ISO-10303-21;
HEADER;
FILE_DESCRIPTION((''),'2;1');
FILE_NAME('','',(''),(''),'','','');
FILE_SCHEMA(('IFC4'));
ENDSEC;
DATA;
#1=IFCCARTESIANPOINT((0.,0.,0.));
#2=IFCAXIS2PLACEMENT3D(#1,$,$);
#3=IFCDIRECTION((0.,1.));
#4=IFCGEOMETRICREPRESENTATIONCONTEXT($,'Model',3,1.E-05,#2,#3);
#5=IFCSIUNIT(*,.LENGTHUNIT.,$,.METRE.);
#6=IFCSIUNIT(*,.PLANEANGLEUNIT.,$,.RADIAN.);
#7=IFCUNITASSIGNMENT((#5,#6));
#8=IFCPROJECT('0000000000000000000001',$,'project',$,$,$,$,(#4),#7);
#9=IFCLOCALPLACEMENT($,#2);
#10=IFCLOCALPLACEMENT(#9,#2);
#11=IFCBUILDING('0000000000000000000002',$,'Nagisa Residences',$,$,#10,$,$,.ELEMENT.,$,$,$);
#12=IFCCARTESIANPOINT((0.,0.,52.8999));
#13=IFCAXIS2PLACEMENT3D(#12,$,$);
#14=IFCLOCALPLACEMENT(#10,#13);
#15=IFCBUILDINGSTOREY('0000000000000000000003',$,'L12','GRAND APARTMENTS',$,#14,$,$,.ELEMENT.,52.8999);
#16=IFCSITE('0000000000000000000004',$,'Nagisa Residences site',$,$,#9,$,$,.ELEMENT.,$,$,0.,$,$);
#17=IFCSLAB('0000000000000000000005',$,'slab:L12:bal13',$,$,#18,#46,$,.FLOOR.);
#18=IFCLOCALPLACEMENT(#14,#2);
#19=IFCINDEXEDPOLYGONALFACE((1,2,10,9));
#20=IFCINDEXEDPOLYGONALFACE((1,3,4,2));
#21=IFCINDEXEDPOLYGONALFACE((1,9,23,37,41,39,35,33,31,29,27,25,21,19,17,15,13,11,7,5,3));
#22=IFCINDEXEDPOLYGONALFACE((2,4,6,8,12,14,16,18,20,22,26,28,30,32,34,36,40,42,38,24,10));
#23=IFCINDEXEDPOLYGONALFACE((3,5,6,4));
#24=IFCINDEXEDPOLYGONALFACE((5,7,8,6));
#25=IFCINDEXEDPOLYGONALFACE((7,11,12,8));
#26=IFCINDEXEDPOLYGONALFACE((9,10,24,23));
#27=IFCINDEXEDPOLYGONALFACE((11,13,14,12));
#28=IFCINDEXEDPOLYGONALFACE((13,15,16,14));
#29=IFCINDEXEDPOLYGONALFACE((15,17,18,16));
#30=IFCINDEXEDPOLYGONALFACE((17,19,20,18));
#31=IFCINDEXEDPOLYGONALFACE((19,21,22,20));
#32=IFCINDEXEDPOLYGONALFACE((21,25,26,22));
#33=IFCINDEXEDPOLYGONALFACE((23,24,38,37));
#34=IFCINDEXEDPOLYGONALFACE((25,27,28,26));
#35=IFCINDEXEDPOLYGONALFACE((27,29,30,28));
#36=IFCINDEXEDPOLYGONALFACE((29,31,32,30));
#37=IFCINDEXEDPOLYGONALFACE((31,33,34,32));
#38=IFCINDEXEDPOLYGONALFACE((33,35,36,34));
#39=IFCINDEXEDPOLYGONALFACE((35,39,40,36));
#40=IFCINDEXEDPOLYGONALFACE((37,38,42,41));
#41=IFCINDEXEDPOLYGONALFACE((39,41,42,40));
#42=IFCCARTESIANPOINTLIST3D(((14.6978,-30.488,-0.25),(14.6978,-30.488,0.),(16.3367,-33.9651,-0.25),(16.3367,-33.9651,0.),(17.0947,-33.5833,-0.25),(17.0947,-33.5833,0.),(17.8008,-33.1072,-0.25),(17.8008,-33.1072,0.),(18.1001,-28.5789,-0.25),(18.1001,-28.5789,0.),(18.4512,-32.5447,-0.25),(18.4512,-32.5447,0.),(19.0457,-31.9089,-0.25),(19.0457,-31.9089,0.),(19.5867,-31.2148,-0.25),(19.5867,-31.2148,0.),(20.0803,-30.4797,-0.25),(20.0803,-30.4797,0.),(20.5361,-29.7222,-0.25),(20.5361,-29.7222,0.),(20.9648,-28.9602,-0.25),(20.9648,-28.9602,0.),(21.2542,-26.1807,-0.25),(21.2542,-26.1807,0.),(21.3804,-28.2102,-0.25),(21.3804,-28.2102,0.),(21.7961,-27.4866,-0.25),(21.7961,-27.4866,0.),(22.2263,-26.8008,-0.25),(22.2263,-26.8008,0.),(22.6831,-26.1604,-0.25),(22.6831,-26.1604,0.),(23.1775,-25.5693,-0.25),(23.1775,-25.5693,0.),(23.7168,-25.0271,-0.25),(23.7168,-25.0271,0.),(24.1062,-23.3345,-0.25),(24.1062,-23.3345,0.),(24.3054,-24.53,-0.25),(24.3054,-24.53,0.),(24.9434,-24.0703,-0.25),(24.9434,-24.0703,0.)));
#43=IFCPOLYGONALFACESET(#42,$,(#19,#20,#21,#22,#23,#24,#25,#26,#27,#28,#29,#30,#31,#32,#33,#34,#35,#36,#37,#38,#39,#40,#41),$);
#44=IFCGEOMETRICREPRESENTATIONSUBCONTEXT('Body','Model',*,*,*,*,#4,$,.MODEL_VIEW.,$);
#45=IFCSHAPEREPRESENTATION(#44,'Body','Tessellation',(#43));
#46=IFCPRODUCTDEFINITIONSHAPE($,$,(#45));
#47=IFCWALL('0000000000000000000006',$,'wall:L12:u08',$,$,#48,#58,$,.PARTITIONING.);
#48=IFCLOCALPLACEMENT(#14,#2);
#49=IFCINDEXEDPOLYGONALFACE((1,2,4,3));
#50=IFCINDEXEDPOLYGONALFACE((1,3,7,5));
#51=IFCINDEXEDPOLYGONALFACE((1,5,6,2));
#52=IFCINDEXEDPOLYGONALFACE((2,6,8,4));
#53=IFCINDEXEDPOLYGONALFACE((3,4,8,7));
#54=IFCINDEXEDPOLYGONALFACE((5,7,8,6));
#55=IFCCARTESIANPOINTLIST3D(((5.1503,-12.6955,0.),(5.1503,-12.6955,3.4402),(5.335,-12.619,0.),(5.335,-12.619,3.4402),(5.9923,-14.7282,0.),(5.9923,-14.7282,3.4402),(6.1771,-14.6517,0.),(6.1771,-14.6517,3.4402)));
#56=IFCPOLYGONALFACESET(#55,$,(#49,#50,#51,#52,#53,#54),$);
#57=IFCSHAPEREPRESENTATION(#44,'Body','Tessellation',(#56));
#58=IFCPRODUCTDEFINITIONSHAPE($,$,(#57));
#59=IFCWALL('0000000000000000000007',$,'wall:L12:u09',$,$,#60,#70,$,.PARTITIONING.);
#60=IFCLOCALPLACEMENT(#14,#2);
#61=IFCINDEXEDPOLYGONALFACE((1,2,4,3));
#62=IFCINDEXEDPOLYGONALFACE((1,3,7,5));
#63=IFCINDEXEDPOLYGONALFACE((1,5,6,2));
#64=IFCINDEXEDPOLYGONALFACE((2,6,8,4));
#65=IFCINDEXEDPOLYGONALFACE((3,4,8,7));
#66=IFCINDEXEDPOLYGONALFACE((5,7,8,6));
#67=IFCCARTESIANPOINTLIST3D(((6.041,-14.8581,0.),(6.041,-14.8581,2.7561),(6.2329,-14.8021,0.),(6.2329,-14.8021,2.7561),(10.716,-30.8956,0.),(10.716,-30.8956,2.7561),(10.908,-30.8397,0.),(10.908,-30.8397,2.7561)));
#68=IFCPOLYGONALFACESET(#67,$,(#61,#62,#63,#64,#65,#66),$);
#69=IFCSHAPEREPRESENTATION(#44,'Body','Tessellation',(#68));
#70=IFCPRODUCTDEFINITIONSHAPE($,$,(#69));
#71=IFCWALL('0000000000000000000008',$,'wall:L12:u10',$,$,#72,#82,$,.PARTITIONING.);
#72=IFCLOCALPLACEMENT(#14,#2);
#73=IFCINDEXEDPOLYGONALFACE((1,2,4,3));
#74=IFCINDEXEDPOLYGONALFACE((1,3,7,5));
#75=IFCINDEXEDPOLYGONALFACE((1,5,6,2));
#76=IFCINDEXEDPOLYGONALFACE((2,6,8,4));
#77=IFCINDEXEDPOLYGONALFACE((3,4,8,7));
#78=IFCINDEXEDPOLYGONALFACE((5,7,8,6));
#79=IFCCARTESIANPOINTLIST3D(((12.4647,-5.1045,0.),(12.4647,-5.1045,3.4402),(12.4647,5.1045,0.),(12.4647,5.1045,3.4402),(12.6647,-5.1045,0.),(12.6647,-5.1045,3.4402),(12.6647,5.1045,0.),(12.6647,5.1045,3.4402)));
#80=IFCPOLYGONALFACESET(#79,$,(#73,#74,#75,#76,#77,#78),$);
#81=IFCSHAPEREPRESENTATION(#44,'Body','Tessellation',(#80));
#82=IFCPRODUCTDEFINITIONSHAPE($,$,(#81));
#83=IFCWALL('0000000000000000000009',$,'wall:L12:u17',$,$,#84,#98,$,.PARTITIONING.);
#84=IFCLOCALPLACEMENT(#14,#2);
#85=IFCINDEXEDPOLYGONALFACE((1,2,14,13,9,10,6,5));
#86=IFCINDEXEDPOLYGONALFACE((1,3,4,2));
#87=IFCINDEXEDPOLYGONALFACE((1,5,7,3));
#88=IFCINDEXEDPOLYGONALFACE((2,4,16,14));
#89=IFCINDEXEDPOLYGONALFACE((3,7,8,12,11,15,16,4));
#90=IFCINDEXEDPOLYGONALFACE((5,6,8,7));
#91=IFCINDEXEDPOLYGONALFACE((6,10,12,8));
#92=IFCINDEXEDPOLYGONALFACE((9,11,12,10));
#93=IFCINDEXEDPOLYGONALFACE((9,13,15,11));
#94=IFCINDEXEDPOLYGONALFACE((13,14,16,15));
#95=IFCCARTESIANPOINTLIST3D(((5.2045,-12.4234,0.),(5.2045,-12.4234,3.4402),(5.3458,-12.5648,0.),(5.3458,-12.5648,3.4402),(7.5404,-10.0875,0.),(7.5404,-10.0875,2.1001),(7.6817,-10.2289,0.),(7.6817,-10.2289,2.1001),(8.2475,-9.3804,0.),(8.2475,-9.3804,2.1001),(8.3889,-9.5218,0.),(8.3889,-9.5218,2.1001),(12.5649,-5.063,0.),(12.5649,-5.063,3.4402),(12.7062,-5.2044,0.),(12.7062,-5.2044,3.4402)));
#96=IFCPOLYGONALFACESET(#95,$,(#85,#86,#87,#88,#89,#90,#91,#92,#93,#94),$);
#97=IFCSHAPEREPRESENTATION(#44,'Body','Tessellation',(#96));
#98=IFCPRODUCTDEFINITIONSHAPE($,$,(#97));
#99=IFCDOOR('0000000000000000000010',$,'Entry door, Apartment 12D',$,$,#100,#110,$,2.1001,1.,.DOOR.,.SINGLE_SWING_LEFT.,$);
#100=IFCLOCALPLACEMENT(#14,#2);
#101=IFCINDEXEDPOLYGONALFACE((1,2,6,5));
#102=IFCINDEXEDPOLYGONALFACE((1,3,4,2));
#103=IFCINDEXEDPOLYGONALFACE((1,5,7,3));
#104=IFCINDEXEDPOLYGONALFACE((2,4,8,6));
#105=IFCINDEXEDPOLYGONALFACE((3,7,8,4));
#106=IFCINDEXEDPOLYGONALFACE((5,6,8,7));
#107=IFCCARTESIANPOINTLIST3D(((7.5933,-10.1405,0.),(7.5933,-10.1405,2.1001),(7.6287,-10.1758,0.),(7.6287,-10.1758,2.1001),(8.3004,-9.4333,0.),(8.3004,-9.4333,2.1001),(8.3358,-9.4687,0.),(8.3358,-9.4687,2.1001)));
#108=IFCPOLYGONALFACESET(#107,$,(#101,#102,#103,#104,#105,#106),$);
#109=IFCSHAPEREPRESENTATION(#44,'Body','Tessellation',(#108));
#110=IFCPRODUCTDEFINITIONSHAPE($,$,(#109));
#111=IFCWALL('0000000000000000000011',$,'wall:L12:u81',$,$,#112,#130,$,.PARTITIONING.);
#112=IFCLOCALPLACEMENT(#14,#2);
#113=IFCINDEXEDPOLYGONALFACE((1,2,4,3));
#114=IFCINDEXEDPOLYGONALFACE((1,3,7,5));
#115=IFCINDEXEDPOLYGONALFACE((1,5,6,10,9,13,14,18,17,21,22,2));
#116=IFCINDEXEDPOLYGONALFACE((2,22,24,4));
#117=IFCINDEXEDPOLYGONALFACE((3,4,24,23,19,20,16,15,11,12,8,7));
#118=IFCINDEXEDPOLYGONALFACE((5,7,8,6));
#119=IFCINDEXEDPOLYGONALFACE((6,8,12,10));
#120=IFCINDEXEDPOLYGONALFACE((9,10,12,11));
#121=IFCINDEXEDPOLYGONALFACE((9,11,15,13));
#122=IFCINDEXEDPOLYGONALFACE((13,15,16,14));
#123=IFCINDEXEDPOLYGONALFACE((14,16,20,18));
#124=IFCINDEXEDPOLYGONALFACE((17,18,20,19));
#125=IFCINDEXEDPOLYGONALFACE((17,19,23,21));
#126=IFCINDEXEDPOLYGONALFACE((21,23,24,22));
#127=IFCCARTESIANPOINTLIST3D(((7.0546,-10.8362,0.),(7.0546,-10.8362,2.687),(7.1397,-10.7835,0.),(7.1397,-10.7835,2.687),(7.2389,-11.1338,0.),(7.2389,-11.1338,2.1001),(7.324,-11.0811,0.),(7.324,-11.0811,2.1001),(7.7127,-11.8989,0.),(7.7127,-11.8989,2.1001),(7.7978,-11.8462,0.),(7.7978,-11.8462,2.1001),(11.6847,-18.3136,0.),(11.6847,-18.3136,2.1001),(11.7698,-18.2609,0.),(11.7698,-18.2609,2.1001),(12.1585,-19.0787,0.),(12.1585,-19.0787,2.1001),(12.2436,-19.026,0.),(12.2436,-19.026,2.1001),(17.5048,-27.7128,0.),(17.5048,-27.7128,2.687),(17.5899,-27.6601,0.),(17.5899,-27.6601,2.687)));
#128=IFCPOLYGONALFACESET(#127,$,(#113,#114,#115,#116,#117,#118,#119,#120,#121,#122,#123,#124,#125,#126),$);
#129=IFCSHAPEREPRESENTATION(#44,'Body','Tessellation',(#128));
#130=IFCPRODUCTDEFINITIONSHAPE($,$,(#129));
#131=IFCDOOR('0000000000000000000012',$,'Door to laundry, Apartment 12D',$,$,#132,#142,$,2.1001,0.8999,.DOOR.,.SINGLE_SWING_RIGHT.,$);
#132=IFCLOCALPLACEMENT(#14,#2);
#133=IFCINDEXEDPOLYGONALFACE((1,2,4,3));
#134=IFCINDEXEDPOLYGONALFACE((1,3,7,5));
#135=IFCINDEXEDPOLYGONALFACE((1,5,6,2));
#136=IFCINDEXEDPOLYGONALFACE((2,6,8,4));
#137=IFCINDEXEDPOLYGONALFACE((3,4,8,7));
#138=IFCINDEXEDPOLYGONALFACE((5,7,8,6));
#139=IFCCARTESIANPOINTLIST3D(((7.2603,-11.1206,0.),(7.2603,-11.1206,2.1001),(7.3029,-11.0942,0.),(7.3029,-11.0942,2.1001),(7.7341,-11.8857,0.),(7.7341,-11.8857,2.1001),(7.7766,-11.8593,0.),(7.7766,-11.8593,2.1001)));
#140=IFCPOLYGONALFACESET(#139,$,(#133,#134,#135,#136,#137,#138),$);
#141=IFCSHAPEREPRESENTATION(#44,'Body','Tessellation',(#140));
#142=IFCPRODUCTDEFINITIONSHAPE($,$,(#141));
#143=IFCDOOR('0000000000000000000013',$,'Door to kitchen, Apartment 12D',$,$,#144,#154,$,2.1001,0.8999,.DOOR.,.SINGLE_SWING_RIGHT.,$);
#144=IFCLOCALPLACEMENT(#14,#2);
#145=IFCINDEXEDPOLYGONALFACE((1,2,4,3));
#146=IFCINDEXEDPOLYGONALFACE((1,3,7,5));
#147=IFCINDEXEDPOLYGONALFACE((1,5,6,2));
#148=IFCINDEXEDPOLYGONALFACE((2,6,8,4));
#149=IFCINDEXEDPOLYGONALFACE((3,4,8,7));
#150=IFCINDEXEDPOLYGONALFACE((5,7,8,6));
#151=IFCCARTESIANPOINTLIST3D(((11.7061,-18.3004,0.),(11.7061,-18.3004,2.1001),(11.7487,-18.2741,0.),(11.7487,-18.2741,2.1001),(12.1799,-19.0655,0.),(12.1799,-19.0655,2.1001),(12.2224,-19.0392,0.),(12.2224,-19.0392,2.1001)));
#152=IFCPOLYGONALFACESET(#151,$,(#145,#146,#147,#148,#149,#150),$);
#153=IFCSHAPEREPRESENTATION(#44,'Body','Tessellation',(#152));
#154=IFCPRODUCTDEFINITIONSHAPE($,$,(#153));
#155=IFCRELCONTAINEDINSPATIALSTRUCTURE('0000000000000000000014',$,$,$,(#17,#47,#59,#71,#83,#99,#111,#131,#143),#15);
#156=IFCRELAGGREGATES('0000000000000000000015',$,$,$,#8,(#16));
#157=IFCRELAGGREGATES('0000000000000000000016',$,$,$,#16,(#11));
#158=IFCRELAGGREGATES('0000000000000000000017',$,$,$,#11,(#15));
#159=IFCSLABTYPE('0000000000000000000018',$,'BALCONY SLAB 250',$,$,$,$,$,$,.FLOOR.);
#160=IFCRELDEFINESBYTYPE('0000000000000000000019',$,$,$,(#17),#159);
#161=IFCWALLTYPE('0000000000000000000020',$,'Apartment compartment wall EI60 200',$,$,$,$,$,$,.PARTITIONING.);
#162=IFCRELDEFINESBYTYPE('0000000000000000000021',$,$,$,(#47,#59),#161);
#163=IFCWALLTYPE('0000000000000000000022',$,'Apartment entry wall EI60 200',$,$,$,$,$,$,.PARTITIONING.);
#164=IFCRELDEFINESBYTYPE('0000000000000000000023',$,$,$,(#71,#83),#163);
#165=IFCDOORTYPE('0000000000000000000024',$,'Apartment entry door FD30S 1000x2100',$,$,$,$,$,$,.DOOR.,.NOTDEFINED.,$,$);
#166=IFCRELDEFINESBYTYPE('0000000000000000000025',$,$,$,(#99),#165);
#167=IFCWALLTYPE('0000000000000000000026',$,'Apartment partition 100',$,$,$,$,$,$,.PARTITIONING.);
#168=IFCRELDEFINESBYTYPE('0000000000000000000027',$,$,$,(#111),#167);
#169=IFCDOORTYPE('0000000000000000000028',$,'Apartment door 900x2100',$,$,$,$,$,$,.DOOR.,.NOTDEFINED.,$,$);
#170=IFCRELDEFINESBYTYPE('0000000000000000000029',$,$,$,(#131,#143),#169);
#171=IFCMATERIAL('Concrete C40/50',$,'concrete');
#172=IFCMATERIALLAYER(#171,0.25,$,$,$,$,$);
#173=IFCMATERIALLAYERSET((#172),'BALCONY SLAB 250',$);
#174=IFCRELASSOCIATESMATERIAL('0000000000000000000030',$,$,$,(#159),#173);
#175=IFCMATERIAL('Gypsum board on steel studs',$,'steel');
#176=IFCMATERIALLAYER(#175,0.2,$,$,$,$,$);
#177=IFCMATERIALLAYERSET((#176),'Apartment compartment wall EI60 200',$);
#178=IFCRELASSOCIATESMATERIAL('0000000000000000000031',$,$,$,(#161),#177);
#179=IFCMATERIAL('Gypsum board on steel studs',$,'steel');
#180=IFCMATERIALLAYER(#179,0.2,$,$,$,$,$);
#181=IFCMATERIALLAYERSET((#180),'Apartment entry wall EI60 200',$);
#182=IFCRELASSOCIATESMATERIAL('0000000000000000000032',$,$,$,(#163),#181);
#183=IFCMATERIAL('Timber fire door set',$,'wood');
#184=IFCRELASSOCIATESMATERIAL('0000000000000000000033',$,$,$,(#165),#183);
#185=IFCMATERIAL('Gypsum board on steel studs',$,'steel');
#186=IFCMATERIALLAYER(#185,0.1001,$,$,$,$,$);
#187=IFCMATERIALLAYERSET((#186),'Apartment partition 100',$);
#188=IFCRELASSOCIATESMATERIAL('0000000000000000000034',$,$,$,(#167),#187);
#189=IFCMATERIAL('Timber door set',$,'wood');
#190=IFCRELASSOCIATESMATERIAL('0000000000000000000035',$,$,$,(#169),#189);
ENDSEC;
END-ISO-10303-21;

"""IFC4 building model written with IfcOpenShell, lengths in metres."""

from ifc_helpers import new_model, si_unit, direction, frame, frame_2d, origin, place, context, subcontext, project, spatial, polyline, rectangle, outline, extrude, material, layer, layer_set, type_object, element, fill, save


model = new_model("IFC4")

# Units and contexts
model_context = context("Model", 3, precision=1e-05, world=origin(), true_north=direction((0.0, 1.0)))
body_context = subcontext(model_context, "Body", "Model", "MODEL_VIEW")
ifc_project = project(units=[si_unit("LENGTHUNIT", "METRE"), si_unit("PLANEANGLEUNIT", "RADIAN")], contexts=[model_context])

# Site, building, storey
site_placement = place(None, origin())
site = spatial("IfcSite", under=ifc_project, at=site_placement, Name="Nagisa Residences site", CompositionType="ELEMENT", RefElevation=0.0)
building_placement = place(site_placement, origin())
building = spatial("IfcBuilding", under=site, at=building_placement, Name="Nagisa Residences", CompositionType="ELEMENT")
storey_placement = place(building_placement, frame((0.0, 0.0, 52.8999)))
storey = spatial("IfcBuildingStorey", under=building, at=storey_placement, Name="L12", Description="GRAND APARTMENTS", CompositionType="ELEMENT", Elevation=52.8999)

# Slab
ifc_material_1 = material(Name="Concrete C40/50", Category="concrete")
ifc_layer_1 = layer(ifc_material_1, 0.25)
ifc_layer_set_1 = layer_set([ifc_layer_1], Name="BALCONY SLAB 250")
slab_type = type_object("IfcSlabType", Name="BALCONY SLAB 250", PredefinedType="FLOOR", material=ifc_layer_set_1)
slab_1_placement = place(storey_placement, frame((0.0, 0.0, -0.25)))
element("IfcSlab", 1, at=slab_1_placement, inside=storey, type_object=slab_type, Name="slab:L12:bal13", PredefinedType="FLOOR", context=body_context, shape_type="SweptSolid", body=[
    extrude(outline(polyline([(16.3367, -33.9651), (17.0947, -33.5833), (17.8008, -33.1072), (18.4512, -32.5447), (19.0457, -31.9089), (19.5867, -31.2148), (20.0803, -30.4797), (20.5361, -29.7222), (20.9648, -28.9602), (21.3804, -28.2102), (21.7961, -27.4866), (22.2263, -26.8008), (22.6831, -26.1604), (23.1775, -25.5693), (23.7168, -25.0271), (24.3054, -24.53), (24.9434, -24.0703), (24.1062, -23.3345), (21.2542, -26.1807), (18.1001, -28.5789), (14.6978, -30.488), (16.3367, -33.9651)])), origin(), (0.0, 0.0, 1.0), 0.25),
])

# Walls
ifc_material_2 = material(Name="Gypsum board on steel studs", Category="steel")
ifc_layer_2 = layer(ifc_material_2, 0.2)
ifc_layer_set_2 = layer_set([ifc_layer_2], Name="Apartment compartment wall EI60 200")
wall_type_1 = type_object("IfcWallType", Name="Apartment compartment wall EI60 200", PredefinedType="PARTITIONING", material=ifc_layer_set_2)
wall_1_placement = place(storey_placement, frame((5.2427, -12.6572, 0.0), z_axis=(0.0, 0.0, 1.0), x_axis=(0.382708, -0.923869, 0.0)))
element("IfcWall", 2, at=wall_1_placement, inside=storey, type_object=wall_type_1, Name="wall:L12:u08", PredefinedType="PARTITIONING", context=body_context, shape_type="SweptSolid", body=[
    extrude(rectangle(XDim=2.2002, YDim=0.2, at=frame_2d((1.1001, 0.0))), origin(), (0.0, 0.0, 1.0), 3.4402),
])
wall_2_placement = place(storey_placement, frame((6.137, -14.8301, 0.0), z_axis=(0.0, 0.0, 1.0), x_axis=(0.279857, -0.960042, 0.0)))
element("IfcWall", 3, at=wall_2_placement, inside=storey, type_object=wall_type_1, Name="wall:L12:u09", PredefinedType="PARTITIONING", context=body_context, shape_type="SweptSolid", body=[
    extrude(rectangle(XDim=16.7051, YDim=0.2, at=frame_2d((8.3525, 0.0))), origin(), (0.0, 0.0, 1.0), 2.7561),
])
ifc_material_3 = material(Name="Gypsum board on steel studs", Category="steel")
ifc_layer_3 = layer(ifc_material_3, 0.2)
ifc_layer_set_3 = layer_set([ifc_layer_3], Name="Apartment entry wall EI60 200")
wall_type_2 = type_object("IfcWallType", Name="Apartment entry wall EI60 200", PredefinedType="PARTITIONING", material=ifc_layer_set_3)
wall_3_placement = place(storey_placement, frame((12.5647, -5.1045, 0.0), z_axis=(0.0, 0.0, 1.0), x_axis=(0.0, 1.0, 0.0)))
element("IfcWall", 4, at=wall_3_placement, inside=storey, type_object=wall_type_2, Name="wall:L12:u10", PredefinedType="PARTITIONING", context=body_context, shape_type="SweptSolid", body=[
    extrude(rectangle(XDim=10.209, YDim=0.2, at=frame_2d((5.1045, 0.0))), origin(), (0.0, 0.0, 1.0), 3.4402),
])

# Wall, opening, door
wall_4_placement = place(storey_placement, frame((5.2751, -12.4941, 0.0), z_axis=(0.0, 0.0, 1.0), x_axis=(0.707107, 0.707107, 0.0)))
wall_4 = element("IfcWall", 5, at=wall_4_placement, inside=storey, type_object=wall_type_2, Name="wall:L12:u17", PredefinedType="PARTITIONING", context=body_context, shape_type="SweptSolid", body=[
    extrude(rectangle(XDim=10.4092, YDim=0.2, at=frame_2d((5.2046, 0.0))), origin(), (0.0, 0.0, 1.0), 3.4402),
])
opening_1_placement = place(wall_4_placement, frame((3.3035, 0.0, 0.0)))
opening_1 = element("IfcOpeningElement", 6, at=opening_1_placement, cuts=wall_4, PredefinedType="OPENING", context=body_context, shape_type="SweptSolid", body=[
    extrude(rectangle(XDim=1.0, YDim=2.1001, at=frame_2d((0.5, 1.05))), frame((0.0, 0.1099, 0.0), z_axis=(0.0, -1.0, 0.0), x_axis=(1.0, 0.0, 0.0)), (0.0, 0.0, 1.0), 0.22),
])
ifc_material_4 = material(Name="Timber fire door set", Category="wood")
door_type_1 = type_object("IfcDoorType", Name="Apartment entry door FD30S 1000x2100", OperationType="NOTDEFINED", PredefinedType="DOOR", material=ifc_material_4)
door_1_placement = place(opening_1_placement, frame((1.0, 0.0, 0.0), x_axis=(-1.0, 0.0, 0.0)))
door_1 = element("IfcDoor", 7, at=door_1_placement, inside=storey, type_object=door_type_1, Name="Entry door, Apartment 12D", OperationType="SINGLE_SWING_LEFT", OverallHeight=2.1001, OverallWidth=1.0, PredefinedType="DOOR", context=body_context, shape_type="SweptSolid", body=[
    extrude(rectangle(XDim=1.0, YDim=2.1001, at=frame_2d((0.5, 1.05))), frame((0.0, 0.0249, 0.0), z_axis=(0.0, -1.0, 0.0), x_axis=(1.0, 0.0, 0.0)), (0.0, 0.0, 1.0), 0.05),
])
fill(opening_1, door_1)

# Wall, openings, doors
ifc_material_5 = material(Name="Gypsum board on steel studs", Category="steel")
ifc_layer_4 = layer(ifc_material_5, 0.1001)
ifc_layer_set_4 = layer_set([ifc_layer_4], Name="Apartment partition 100")
wall_type_3 = type_object("IfcWallType", Name="Apartment partition 100", PredefinedType="PARTITIONING", material=ifc_layer_set_4)
wall_5_placement = place(storey_placement, frame((7.0972, -10.8098, 0.0), z_axis=(0.0, 0.0, 1.0), x_axis=(0.526453, -0.850204, 0.0)))
wall_5 = element("IfcWall", 8, at=wall_5_placement, inside=storey, type_object=wall_type_3, Name="wall:L12:u81", PredefinedType="PARTITIONING", context=body_context, shape_type="SweptSolid", body=[
    extrude(rectangle(XDim=19.8501, YDim=0.1001, at=frame_2d((9.925, 0.0))), origin(), (0.0, 0.0, 1.0), 2.687),
])
opening_2_placement = place(wall_5_placement, frame((0.3501, 0.0, 0.0)))
opening_2 = element("IfcOpeningElement", 9, at=opening_2_placement, cuts=wall_5, PredefinedType="OPENING", context=body_context, shape_type="SweptSolid", body=[
    extrude(rectangle(XDim=0.8999, YDim=2.1001, at=frame_2d((0.45, 1.05))), frame((0.0, 0.0601, 0.0), z_axis=(0.0, -1.0, 0.0), x_axis=(1.0, 0.0, 0.0)), (0.0, 0.0, 1.0), 0.1201),
])
opening_3_placement = place(wall_5_placement, frame((8.7949, 0.0, 0.0)))
opening_3 = element("IfcOpeningElement", 10, at=opening_3_placement, cuts=wall_5, PredefinedType="OPENING", context=body_context, shape_type="SweptSolid", body=[
    extrude(rectangle(XDim=0.8999, YDim=2.1001, at=frame_2d((0.45, 1.05))), frame((0.0, 0.0601, 0.0), z_axis=(0.0, -1.0, 0.0), x_axis=(1.0, 0.0, 0.0)), (0.0, 0.0, 1.0), 0.1201),
])
ifc_material_6 = material(Name="Timber door set", Category="wood")
door_type_2 = type_object("IfcDoorType", Name="Apartment door 900x2100", OperationType="NOTDEFINED", PredefinedType="DOOR", material=ifc_material_6)
door_2_placement = place(opening_2_placement, frame((0.8999, 0.0, 0.0), x_axis=(-1.0, 0.0, 0.0)))
door_2 = element("IfcDoor", 11, at=door_2_placement, inside=storey, type_object=door_type_2, Name="Door to laundry, Apartment 12D", OperationType="SINGLE_SWING_RIGHT", OverallHeight=2.1001, OverallWidth=0.8999, PredefinedType="DOOR", context=body_context, shape_type="SweptSolid", body=[
    extrude(rectangle(XDim=0.8999, YDim=2.1001, at=frame_2d((0.45, 1.05))), frame((0.0, 0.0249, 0.0), z_axis=(0.0, -1.0, 0.0), x_axis=(1.0, 0.0, 0.0)), (0.0, 0.0, 1.0), 0.05),
])
fill(opening_2, door_2)
door_3_placement = place(opening_3_placement, frame((0.8999, 0.0, 0.0), x_axis=(-1.0, 0.0, 0.0)))
door_3 = element("IfcDoor", 12, at=door_3_placement, inside=storey, type_object=door_type_2, Name="Door to kitchen, Apartment 12D", OperationType="SINGLE_SWING_RIGHT", OverallHeight=2.1001, OverallWidth=0.8999, PredefinedType="DOOR", context=body_context, shape_type="SweptSolid", body=[
    extrude(rectangle(XDim=0.8999, YDim=2.1001, at=frame_2d((0.45, 1.05))), frame((0.0, 0.0249, 0.0), z_axis=(0.0, -1.0, 0.0), x_axis=(1.0, 0.0, 0.0)), (0.0, 0.0, 1.0), 0.05),
])
fill(opening_3, door_3)

save(model, "model.ifc")
